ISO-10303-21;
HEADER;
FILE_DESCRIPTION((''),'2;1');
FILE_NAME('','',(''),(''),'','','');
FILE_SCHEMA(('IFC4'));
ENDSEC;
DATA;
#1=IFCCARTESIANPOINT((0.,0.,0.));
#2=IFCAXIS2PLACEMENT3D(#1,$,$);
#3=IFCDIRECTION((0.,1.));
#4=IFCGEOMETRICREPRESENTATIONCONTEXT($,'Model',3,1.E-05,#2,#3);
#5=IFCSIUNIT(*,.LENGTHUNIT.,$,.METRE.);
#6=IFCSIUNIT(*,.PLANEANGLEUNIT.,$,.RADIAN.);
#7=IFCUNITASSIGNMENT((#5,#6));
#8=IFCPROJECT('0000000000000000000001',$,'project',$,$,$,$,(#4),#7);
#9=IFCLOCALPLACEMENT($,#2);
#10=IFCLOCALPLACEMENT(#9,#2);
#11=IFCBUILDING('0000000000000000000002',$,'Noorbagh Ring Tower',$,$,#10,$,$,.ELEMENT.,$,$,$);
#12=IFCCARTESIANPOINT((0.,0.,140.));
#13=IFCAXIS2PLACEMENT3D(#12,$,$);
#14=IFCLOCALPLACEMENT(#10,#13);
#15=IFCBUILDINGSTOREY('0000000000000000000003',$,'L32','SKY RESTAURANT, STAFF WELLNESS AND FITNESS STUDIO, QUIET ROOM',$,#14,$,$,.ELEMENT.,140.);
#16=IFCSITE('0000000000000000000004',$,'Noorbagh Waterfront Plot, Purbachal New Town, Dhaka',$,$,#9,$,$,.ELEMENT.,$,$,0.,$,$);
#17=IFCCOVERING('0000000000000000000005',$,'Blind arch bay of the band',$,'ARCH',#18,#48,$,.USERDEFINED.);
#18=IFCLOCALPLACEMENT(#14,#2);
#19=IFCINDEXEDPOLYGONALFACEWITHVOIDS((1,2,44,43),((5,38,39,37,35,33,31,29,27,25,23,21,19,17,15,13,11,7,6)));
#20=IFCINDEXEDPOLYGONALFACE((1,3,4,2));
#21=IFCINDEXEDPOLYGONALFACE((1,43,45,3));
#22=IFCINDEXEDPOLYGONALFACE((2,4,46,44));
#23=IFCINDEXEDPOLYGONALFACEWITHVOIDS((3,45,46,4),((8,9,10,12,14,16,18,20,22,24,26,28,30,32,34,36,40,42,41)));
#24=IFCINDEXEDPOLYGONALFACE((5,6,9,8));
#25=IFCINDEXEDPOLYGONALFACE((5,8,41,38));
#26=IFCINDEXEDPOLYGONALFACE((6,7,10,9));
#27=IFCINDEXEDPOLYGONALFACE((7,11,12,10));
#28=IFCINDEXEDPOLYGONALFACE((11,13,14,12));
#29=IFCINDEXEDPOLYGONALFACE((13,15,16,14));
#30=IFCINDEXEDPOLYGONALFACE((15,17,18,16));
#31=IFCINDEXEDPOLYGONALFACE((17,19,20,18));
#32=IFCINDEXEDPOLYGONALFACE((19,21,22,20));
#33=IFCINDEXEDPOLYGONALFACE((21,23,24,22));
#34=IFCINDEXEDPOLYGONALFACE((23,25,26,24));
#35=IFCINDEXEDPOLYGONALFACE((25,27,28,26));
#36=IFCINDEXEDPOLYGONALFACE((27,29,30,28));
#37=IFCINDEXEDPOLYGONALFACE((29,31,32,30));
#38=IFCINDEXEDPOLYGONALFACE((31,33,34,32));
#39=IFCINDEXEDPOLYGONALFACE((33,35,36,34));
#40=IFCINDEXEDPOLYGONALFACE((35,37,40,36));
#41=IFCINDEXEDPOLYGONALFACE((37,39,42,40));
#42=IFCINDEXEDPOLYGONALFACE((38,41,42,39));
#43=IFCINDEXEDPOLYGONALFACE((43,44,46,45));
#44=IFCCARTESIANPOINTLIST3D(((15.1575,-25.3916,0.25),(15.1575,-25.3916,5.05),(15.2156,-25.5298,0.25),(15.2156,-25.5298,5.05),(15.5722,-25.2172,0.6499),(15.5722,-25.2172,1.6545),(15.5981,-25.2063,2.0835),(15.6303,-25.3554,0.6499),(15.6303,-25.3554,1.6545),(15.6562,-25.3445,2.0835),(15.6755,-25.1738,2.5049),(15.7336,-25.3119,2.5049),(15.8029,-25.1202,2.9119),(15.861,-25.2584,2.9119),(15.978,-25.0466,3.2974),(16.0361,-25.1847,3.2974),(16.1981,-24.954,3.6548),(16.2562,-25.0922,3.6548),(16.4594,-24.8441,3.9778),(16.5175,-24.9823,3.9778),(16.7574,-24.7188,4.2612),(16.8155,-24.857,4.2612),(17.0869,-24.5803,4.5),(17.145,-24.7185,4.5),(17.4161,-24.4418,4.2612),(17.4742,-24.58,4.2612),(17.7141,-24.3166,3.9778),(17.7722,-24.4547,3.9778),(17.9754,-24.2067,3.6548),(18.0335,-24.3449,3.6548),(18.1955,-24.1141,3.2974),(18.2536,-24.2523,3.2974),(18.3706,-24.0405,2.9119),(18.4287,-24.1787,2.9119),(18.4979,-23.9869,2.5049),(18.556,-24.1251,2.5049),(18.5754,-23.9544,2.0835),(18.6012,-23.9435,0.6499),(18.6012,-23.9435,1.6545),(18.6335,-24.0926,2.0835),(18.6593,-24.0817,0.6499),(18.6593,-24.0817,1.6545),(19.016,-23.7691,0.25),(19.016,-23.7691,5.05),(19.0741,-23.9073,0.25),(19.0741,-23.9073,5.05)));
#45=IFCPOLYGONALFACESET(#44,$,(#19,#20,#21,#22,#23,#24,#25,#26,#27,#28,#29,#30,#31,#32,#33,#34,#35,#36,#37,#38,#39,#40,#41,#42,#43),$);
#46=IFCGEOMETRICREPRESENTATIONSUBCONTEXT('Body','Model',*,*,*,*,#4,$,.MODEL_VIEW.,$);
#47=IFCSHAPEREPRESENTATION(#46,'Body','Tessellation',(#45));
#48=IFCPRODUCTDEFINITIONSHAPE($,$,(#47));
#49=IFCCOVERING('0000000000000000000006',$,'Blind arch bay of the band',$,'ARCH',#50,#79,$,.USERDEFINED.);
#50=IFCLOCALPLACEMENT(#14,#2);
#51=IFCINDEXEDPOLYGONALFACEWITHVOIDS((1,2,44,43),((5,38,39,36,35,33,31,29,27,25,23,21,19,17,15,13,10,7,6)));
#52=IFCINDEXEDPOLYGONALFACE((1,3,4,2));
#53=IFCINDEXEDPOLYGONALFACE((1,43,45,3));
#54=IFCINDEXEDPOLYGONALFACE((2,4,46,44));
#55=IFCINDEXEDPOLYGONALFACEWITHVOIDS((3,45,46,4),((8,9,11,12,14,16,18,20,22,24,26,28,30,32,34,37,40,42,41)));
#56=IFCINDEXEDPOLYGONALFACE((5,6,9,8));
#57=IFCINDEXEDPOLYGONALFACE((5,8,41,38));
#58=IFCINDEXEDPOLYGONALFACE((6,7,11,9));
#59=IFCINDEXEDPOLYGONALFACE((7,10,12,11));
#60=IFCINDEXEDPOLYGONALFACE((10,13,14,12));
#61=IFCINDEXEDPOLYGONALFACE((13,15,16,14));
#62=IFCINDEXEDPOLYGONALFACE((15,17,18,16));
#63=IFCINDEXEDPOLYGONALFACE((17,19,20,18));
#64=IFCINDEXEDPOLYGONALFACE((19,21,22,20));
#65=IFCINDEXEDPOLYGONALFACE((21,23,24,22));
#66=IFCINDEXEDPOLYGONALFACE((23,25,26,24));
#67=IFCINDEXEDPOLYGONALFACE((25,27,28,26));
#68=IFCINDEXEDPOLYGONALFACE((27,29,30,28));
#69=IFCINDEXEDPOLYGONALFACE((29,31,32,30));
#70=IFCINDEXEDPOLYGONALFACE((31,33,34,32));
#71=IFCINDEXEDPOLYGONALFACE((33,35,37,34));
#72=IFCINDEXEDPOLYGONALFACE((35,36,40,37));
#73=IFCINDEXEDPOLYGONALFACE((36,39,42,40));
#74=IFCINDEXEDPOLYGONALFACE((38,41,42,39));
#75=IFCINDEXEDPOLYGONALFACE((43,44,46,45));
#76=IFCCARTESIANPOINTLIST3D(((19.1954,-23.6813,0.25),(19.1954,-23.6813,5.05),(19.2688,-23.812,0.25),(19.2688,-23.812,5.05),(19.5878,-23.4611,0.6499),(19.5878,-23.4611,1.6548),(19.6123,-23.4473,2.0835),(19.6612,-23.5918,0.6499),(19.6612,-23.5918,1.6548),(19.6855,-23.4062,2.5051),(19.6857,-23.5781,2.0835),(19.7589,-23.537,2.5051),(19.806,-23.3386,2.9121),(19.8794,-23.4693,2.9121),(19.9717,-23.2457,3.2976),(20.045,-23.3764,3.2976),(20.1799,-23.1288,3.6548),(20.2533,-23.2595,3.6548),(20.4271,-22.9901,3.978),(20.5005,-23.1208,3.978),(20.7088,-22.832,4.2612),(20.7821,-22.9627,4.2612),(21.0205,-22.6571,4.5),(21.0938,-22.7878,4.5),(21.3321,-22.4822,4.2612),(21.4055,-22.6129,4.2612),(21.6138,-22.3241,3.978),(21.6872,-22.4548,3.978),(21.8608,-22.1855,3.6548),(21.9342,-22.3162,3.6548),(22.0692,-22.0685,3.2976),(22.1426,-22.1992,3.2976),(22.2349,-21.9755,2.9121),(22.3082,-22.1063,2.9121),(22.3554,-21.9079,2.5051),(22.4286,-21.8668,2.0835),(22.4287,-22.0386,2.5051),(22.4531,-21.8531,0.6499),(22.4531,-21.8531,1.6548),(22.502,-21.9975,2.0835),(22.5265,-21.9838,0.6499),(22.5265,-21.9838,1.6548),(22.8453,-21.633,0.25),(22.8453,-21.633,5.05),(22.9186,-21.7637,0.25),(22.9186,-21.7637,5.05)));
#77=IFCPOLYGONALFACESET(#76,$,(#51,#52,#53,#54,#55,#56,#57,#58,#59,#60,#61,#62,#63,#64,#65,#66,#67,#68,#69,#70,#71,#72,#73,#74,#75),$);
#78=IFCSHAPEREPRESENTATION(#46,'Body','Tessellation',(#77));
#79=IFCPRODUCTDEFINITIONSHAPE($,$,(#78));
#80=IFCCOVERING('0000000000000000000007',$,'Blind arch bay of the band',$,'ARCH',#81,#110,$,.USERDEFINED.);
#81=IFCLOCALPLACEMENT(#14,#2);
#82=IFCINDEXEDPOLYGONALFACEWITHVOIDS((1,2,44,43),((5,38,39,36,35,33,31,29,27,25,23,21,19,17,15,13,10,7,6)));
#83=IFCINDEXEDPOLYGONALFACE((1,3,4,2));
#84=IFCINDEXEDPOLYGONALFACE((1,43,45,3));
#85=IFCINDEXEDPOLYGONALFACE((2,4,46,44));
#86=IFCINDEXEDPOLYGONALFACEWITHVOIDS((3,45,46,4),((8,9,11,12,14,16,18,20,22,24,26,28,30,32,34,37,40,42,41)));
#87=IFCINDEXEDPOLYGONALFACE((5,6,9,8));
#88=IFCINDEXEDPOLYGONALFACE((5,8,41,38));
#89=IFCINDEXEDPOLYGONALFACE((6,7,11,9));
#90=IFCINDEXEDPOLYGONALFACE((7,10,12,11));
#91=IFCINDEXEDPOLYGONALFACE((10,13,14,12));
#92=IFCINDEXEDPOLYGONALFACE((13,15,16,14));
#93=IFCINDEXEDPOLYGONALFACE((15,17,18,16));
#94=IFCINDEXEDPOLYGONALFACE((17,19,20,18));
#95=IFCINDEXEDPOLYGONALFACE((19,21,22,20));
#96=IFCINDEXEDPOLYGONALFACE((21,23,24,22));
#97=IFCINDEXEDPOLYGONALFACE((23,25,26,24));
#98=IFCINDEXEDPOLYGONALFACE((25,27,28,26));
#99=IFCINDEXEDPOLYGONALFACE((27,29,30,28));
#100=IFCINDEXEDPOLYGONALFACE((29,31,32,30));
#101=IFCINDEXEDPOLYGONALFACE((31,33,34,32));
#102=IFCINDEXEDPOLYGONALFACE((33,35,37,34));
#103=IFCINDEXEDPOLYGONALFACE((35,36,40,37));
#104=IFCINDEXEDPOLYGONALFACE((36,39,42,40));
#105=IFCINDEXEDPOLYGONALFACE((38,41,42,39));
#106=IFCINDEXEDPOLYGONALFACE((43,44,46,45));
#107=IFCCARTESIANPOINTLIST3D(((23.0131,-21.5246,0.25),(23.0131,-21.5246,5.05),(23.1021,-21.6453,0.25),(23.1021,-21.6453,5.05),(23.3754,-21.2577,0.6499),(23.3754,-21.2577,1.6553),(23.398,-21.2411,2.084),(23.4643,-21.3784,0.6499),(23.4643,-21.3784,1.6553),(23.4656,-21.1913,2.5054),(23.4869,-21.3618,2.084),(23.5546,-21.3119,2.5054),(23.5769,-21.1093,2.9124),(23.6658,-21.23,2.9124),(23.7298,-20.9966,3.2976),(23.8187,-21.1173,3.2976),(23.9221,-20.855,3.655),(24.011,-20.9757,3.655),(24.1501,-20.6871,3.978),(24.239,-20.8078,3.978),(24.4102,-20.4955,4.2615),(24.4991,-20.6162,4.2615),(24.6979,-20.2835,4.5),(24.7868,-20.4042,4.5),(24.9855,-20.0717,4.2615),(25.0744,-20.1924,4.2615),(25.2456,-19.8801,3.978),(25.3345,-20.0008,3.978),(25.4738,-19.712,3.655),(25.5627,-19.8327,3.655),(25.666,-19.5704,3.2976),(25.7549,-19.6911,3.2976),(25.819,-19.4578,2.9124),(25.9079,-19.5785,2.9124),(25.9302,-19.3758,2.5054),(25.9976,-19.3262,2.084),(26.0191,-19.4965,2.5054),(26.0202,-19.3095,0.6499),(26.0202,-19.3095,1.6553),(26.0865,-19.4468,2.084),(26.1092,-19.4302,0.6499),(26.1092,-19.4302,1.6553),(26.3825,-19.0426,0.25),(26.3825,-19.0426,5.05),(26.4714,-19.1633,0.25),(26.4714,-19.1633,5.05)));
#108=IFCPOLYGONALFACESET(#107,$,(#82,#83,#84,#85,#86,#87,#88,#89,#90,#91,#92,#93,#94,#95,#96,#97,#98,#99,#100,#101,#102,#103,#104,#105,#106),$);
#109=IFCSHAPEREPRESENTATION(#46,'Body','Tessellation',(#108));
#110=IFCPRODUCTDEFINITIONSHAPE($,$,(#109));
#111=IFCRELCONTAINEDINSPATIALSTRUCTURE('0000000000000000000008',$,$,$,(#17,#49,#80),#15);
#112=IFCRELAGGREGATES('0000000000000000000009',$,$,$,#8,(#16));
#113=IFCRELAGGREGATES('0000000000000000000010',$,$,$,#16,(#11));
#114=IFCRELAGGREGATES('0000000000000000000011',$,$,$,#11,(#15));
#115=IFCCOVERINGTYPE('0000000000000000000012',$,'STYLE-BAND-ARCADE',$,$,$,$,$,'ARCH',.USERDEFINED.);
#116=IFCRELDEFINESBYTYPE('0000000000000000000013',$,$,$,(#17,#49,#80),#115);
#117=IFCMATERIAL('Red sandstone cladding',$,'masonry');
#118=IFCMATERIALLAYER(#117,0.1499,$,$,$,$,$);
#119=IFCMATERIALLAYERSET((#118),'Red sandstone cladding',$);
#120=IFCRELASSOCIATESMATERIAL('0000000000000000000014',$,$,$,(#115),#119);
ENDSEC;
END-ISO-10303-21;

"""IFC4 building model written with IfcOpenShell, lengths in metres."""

from ifc_helpers import new_model, si_unit, direction, frame, origin, place, context, subcontext, project, spatial, polyline, outline, extrude, material, layer, layer_set, type_object, element, save


model = new_model("IFC4")

# Units and contexts
model_context = context("Model", 3, precision=1e-05, world=origin(), true_north=direction((0.0, 1.0)))
body_context = subcontext(model_context, "Body", "Model", "MODEL_VIEW")
ifc_project = project(units=[si_unit("LENGTHUNIT", "METRE"), si_unit("PLANEANGLEUNIT", "RADIAN")], contexts=[model_context])

# Site, building, storey
site_placement = place(None, origin())
site = spatial("IfcSite", under=ifc_project, at=site_placement, Name="Noorbagh Waterfront Plot, Purbachal New Town, Dhaka", CompositionType="ELEMENT", RefElevation=0.0)
building_placement = place(site_placement, origin())
building = spatial("IfcBuilding", under=site, at=building_placement, Name="Noorbagh Ring Tower", CompositionType="ELEMENT")
storey_placement = place(building_placement, frame((0.0, 0.0, 140.0)))
storey = spatial("IfcBuildingStorey", under=building, at=storey_placement, Name="L32", Description="SKY RESTAURANT, STAFF WELLNESS AND FITNESS STUDIO, QUIET ROOM", CompositionType="ELEMENT", Elevation=140.0)

# Coverings
ifc_material_1 = material(Name="Red sandstone cladding", Category="masonry")
ifc_layer_1 = layer(ifc_material_1, 0.1499)
ifc_layer_set_1 = layer_set([ifc_layer_1], Name="Red sandstone cladding")
covering_type_1 = type_object("IfcCoveringType", Name="STYLE-BAND-ARCADE", ElementType="ARCH", PredefinedType="USERDEFINED", material=ifc_layer_set_1)
covering_1_placement = place(storey_placement, frame((15.2156, -25.5298, 0.25), z_axis=(0.387624, -0.921818, 0.0), x_axis=(0.921818, 0.387624, 0.0)))
element("IfcCovering", 1, at=covering_1_placement, inside=storey, type_object=covering_type_1, Name="Blind arch bay of the band", ObjectType="ARCH", PredefinedType="USERDEFINED", context=body_context, shape_type="SweptSolid", body=[
    extrude(outline(polyline([(0.0, 0.0), (4.1858, 0.0), (4.1858, 4.8), (0.0, 4.8), (0.0, 0.0)]), holes=[polyline([(0.45, 0.3999), (0.45, 1.4045), (0.478, 1.8335), (0.562, 2.2549), (0.7002, 2.6619), (0.8901, 3.0474), (1.1289, 3.4048), (1.4124, 3.7278), (1.7356, 4.0112), (2.093, 4.25), (2.4502, 4.0112), (2.7734, 3.7278), (3.0569, 3.4048), (3.2957, 3.0474), (3.4856, 2.6619), (3.6238, 2.2549), (3.7078, 1.8335), (3.7358, 1.4045), (3.7358, 0.3999), (0.45, 0.3999)])]), origin(), (0.0, 0.0, -1.0), 0.1499),
])
covering_2_placement = place(storey_placement, frame((19.2688, -23.812, 0.25), z_axis=(0.489402, -0.872058, 0.0), x_axis=(0.872058, 0.489402, 0.0)))
element("IfcCovering", 2, at=covering_2_placement, inside=storey, type_object=covering_type_1, Name="Blind arch bay of the band", ObjectType="ARCH", PredefinedType="USERDEFINED", context=body_context, shape_type="SweptSolid", body=[
    extrude(outline(polyline([(0.0, 0.0), (4.1853, 0.0), (4.1853, 4.8), (0.0, 4.8), (0.0, 0.0)]), holes=[polyline([(0.45, 0.3999), (0.45, 1.4048), (0.478, 1.8335), (0.562, 2.2551), (0.7002, 2.6621), (0.8901, 3.0476), (1.1289, 3.4048), (1.4124, 3.728), (1.7354, 4.0112), (2.0928, 4.25), (2.4502, 4.0112), (2.7732, 3.728), (3.0564, 3.4048), (3.2954, 3.0476), (3.4854, 2.6621), (3.6235, 2.2551), (3.7075, 1.8335), (3.7356, 1.4048), (3.7356, 0.3999), (0.45, 0.3999)])]), origin(), (0.0, 0.0, -1.0), 0.1499),
])
covering_3_placement = place(storey_placement, frame((23.1021, -21.6453, 0.25), z_axis=(0.59308, -0.805144, 0.0), x_axis=(0.805144, 0.59308, 0.0)))
element("IfcCovering", 3, at=covering_3_placement, inside=storey, type_object=covering_type_1, Name="Blind arch bay of the band", ObjectType="ARCH", PredefinedType="USERDEFINED", context=body_context, shape_type="SweptSolid", body=[
    extrude(outline(polyline([(0.0, 0.0), (4.1848, 0.0), (4.1848, 4.8), (0.0, 4.8), (0.0, 0.0)]), holes=[polyline([(0.45, 0.3999), (0.45, 1.4053), (0.478, 1.834), (0.562, 2.2554), (0.7002, 2.6624), (0.8901, 3.0476), (1.1289, 3.405), (1.4121, 3.728), (1.7351, 4.0115), (2.0925, 4.25), (2.4497, 4.0115), (2.7727, 3.728), (3.0562, 3.405), (3.2949, 3.0476), (3.4849, 2.6624), (3.623, 2.2554), (3.7068, 1.834), (3.7349, 1.4053), (3.7349, 0.3999), (0.45, 0.3999)])]), origin(), (0.0, 0.0, -1.0), 0.1499),
])

save(model, "model.ifc")
